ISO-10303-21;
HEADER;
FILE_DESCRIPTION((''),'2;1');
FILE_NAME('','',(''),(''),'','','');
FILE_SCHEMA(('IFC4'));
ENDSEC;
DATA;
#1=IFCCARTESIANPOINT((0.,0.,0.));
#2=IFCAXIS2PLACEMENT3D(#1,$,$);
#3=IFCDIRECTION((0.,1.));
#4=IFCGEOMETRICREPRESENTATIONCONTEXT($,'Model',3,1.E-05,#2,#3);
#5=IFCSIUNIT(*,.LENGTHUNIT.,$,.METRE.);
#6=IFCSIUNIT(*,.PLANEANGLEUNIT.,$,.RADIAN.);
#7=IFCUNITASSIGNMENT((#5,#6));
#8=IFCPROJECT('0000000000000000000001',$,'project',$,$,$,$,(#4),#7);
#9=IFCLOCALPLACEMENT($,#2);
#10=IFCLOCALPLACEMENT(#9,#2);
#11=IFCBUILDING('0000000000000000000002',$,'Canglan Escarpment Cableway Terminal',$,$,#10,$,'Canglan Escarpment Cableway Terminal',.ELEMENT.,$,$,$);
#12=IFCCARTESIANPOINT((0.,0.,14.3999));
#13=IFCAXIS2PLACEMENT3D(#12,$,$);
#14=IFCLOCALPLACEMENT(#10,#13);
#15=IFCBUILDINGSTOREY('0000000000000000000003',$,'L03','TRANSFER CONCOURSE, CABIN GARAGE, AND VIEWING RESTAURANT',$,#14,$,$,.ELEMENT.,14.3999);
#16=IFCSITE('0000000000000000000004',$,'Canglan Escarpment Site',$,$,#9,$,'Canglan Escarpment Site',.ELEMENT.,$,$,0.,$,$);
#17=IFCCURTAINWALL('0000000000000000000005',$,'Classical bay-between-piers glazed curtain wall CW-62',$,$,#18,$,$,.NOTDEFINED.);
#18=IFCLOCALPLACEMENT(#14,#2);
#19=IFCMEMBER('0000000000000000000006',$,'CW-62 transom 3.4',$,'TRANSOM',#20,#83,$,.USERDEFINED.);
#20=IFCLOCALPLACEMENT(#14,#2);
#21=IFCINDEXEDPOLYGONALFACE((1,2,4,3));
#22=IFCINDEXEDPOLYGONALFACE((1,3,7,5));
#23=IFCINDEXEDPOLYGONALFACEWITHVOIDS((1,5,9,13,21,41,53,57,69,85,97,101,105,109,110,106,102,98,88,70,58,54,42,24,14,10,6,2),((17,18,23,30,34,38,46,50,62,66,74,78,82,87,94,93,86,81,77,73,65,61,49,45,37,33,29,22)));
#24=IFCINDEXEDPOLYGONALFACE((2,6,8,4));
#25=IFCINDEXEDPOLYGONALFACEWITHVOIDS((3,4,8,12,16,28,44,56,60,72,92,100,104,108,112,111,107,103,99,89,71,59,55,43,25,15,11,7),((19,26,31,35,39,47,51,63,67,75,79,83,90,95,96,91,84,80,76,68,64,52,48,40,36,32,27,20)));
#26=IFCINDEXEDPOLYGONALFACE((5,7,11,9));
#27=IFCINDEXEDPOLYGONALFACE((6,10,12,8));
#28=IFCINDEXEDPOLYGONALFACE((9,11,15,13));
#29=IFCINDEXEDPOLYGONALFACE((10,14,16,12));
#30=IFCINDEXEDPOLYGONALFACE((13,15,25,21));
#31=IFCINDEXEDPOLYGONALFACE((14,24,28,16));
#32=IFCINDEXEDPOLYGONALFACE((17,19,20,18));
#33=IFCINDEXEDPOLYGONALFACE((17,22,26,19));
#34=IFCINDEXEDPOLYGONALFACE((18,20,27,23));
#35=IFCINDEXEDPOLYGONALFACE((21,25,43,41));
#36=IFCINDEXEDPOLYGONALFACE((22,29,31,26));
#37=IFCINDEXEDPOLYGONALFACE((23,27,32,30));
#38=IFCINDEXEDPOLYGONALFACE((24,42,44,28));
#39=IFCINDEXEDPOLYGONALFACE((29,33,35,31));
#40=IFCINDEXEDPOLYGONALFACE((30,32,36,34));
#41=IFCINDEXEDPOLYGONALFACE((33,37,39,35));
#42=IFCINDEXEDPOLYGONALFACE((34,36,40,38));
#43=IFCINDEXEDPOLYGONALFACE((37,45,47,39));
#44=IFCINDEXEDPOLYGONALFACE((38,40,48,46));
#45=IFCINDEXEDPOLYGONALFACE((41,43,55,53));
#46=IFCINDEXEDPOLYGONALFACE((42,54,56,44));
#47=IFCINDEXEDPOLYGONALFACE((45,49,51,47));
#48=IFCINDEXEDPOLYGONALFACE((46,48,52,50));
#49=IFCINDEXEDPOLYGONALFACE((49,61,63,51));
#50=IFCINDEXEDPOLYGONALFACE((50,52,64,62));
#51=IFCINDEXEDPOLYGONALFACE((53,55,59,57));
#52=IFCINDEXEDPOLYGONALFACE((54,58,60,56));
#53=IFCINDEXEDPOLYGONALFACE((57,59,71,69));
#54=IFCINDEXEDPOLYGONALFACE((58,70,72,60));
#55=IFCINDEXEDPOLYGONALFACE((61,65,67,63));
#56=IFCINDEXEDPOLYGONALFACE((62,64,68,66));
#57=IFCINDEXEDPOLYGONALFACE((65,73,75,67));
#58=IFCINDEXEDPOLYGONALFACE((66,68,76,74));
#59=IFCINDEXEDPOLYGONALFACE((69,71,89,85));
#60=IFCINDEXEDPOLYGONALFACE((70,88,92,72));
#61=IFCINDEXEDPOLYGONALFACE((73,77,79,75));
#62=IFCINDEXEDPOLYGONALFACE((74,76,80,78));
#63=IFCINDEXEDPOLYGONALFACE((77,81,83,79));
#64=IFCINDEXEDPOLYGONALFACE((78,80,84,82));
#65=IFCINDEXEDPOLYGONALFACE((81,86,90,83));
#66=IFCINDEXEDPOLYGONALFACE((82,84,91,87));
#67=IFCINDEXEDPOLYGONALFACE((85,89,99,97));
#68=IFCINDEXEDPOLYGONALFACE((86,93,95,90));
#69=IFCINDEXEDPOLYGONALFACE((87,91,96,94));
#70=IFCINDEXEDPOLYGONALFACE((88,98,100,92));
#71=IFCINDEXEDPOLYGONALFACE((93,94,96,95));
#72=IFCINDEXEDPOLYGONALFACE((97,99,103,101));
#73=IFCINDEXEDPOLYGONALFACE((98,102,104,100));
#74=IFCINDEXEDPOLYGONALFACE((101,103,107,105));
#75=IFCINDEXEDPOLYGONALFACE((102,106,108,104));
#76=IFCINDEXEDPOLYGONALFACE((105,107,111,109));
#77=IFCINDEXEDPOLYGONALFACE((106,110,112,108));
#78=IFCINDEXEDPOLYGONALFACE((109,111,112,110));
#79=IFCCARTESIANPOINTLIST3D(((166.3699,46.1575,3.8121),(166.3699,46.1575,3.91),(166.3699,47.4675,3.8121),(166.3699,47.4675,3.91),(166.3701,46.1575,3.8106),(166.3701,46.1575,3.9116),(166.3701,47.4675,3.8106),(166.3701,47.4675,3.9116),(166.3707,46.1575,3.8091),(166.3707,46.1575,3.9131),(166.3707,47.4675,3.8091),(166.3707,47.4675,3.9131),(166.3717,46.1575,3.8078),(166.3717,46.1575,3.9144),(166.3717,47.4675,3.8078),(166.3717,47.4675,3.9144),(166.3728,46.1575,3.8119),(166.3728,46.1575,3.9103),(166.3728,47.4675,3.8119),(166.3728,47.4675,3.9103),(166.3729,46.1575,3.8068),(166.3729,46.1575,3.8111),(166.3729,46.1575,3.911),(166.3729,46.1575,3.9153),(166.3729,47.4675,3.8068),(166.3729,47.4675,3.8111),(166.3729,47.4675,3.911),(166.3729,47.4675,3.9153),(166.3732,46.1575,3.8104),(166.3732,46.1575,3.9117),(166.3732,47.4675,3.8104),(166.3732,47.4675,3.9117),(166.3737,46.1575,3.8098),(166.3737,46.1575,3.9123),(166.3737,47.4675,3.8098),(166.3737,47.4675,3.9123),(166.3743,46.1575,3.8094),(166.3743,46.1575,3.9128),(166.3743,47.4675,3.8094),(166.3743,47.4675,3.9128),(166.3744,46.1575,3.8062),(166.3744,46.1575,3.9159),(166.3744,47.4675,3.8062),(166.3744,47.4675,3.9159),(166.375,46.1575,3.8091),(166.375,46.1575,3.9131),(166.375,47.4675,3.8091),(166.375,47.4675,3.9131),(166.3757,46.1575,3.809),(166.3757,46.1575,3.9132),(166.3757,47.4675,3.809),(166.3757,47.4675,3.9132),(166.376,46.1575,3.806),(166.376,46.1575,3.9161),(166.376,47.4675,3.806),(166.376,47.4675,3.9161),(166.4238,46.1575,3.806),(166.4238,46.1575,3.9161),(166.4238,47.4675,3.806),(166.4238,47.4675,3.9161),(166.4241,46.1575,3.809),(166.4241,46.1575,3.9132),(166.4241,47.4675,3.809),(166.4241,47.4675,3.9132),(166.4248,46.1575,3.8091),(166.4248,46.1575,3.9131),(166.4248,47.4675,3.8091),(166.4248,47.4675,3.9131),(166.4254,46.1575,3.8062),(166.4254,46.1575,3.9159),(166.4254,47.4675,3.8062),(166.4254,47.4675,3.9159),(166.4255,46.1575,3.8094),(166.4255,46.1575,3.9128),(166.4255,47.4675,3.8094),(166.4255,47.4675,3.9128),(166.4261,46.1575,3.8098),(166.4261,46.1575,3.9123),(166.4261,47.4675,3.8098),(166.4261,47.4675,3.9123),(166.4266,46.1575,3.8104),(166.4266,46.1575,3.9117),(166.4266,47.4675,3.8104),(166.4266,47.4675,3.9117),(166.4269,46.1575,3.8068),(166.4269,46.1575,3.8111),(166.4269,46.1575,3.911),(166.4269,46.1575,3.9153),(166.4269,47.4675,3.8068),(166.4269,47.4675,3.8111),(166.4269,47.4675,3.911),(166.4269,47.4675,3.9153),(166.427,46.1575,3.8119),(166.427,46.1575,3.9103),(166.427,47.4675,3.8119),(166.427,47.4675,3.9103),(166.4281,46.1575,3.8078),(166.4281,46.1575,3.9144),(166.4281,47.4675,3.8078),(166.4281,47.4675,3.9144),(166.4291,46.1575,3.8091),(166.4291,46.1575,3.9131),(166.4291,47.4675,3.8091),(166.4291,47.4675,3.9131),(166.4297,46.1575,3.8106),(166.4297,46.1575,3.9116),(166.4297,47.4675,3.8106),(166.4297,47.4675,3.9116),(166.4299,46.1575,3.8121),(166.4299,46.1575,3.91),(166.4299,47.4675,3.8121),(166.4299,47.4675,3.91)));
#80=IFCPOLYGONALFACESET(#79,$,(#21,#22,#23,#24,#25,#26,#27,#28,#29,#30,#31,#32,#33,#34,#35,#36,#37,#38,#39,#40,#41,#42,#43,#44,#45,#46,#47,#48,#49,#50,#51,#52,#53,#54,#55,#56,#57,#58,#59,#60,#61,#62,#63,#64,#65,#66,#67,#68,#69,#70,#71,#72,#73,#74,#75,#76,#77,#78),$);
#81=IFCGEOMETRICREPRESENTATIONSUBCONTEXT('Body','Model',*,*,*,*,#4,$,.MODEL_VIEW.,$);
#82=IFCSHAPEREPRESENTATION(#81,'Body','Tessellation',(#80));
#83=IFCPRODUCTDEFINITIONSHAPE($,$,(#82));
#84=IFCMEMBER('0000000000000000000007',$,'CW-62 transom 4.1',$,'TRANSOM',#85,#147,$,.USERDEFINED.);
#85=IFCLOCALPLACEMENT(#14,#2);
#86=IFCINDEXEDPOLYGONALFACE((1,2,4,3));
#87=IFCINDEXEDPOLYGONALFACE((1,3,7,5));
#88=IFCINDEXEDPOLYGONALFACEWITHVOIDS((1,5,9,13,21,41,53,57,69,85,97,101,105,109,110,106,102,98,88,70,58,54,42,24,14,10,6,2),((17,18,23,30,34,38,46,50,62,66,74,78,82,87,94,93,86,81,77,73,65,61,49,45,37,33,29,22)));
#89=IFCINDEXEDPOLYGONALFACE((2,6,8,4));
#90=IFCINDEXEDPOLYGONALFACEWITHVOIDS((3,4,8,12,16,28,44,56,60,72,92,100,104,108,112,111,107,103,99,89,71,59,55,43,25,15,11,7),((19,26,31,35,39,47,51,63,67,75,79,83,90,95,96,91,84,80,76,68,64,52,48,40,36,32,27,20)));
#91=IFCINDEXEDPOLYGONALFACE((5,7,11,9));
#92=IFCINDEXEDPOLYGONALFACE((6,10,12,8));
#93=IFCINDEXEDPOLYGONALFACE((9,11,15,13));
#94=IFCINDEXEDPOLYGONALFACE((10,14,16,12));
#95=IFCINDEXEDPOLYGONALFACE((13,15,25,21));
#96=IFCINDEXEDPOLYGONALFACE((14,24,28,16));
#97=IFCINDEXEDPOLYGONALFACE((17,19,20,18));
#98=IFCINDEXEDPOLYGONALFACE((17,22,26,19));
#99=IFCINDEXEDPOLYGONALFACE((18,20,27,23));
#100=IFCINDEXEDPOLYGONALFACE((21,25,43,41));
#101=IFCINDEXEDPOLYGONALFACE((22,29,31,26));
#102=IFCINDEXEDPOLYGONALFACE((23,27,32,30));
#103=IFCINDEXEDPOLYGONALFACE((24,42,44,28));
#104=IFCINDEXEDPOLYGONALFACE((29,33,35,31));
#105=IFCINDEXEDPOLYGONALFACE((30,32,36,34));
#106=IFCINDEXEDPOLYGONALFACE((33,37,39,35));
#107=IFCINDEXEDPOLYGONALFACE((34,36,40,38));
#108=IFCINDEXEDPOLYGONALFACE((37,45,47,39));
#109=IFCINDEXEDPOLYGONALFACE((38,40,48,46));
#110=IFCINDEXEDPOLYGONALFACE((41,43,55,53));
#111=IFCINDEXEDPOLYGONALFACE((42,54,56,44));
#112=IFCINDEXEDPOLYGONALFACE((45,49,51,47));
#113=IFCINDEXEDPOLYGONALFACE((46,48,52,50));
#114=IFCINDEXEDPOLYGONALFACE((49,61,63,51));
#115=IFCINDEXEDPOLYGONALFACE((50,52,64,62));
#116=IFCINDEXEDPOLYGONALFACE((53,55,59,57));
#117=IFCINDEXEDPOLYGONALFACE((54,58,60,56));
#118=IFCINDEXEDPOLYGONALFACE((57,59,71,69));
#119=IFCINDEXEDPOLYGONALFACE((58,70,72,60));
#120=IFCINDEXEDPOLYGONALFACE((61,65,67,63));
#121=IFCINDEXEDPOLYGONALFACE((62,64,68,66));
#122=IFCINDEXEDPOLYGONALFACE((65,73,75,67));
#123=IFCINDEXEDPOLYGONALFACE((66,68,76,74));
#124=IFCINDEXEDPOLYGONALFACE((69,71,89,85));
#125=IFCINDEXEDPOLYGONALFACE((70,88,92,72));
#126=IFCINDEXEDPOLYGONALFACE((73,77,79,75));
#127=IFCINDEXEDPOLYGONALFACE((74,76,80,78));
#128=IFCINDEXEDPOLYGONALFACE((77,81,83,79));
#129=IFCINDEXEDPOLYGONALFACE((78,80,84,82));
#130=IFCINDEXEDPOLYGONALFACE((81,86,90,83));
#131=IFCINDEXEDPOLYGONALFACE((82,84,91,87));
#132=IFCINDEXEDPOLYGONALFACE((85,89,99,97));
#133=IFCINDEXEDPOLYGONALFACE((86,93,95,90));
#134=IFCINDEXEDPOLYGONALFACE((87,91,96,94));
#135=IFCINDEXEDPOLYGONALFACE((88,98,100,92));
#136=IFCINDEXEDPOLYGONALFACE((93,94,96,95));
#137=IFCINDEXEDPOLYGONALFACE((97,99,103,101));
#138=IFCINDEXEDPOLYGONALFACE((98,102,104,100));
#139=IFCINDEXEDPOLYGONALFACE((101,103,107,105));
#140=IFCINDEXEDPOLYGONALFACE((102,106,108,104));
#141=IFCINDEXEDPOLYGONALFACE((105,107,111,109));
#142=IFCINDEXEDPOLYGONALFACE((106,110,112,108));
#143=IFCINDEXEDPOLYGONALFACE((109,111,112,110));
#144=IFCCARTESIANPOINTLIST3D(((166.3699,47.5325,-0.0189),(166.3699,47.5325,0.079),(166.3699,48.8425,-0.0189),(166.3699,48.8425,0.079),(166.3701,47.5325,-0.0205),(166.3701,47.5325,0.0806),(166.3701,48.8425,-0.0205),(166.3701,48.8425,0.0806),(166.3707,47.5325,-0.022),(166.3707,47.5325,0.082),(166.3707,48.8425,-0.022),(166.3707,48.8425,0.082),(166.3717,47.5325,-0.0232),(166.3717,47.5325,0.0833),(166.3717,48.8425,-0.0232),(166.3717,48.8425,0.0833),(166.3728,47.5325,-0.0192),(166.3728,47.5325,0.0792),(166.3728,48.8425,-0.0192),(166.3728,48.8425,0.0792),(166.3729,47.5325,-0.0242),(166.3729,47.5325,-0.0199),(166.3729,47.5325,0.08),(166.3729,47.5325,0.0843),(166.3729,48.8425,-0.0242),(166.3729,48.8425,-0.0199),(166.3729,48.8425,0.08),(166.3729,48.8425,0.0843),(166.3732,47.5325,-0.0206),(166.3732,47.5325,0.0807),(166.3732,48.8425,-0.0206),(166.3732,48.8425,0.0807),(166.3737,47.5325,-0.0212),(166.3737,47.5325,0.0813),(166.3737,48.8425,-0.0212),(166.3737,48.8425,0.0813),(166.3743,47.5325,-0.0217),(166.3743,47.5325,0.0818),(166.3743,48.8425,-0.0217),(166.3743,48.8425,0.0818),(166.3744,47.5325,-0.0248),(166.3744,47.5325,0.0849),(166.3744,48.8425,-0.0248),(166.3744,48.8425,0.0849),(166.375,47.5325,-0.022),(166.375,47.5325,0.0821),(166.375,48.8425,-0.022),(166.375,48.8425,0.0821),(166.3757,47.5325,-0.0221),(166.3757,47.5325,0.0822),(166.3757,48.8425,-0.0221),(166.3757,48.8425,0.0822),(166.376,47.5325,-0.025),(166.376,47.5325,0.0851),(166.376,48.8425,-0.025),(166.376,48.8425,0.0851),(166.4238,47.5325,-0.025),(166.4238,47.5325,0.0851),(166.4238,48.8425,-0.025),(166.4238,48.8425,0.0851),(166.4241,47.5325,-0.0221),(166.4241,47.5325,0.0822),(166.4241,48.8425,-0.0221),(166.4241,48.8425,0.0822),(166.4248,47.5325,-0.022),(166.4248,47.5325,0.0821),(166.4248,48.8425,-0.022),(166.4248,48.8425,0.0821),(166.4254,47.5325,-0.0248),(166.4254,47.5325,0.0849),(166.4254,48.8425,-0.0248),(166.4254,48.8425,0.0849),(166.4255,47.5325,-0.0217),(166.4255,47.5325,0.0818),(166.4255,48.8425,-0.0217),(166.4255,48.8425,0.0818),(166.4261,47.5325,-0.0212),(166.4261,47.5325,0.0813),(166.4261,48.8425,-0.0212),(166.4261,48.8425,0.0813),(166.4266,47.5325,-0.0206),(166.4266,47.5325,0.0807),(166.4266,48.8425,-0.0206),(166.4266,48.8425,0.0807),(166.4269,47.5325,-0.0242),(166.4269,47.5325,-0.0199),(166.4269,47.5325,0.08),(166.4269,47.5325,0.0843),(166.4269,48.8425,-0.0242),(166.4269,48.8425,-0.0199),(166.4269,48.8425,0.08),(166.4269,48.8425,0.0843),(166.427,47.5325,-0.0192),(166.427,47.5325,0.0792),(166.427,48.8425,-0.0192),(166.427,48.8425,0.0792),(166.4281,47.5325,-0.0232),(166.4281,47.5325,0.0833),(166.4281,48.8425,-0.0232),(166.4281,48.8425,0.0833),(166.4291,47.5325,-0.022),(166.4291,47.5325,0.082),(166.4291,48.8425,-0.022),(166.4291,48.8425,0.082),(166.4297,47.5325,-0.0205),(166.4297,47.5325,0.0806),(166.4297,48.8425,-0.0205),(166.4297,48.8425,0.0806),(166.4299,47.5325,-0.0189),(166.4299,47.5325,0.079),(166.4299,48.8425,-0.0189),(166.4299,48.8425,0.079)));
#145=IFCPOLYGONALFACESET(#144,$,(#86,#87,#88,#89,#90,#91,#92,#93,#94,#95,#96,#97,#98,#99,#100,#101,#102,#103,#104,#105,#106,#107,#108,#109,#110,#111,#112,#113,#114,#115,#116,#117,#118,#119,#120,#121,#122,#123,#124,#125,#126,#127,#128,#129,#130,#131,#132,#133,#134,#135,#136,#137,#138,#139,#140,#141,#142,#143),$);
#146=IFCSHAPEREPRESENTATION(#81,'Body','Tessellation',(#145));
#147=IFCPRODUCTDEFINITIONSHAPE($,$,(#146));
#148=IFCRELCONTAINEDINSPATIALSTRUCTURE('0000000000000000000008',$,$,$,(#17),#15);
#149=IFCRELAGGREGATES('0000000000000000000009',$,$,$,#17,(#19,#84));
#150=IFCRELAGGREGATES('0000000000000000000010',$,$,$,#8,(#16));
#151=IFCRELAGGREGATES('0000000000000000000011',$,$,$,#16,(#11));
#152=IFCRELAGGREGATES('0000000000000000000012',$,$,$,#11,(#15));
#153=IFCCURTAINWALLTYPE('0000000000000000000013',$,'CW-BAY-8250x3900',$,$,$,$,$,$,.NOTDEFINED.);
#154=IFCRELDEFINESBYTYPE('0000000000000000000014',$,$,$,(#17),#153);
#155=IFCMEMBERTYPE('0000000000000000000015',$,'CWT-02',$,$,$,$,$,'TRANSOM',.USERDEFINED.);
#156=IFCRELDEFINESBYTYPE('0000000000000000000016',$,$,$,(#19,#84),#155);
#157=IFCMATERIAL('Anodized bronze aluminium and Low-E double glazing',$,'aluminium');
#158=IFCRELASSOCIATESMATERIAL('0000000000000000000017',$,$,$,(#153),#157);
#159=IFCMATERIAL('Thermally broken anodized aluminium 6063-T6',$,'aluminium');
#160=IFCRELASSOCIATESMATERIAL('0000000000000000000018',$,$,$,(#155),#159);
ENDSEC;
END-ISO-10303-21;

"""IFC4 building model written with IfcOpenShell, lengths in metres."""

from ifc_helpers import new_model, si_unit, direction, frame, origin, origin_2d, place, context, subcontext, project, spatial, hollow_rectangle, extrude, material, material_profile, profile_set, type_object, element, aggregate, save


model = new_model("IFC4")

# Units and contexts
model_context = context("Model", 3, precision=1e-05, world=origin(), true_north=direction((0.0, 1.0)))
body_context = subcontext(model_context, "Body", "Model", "MODEL_VIEW")
ifc_project = project(units=[si_unit("LENGTHUNIT", "METRE"), si_unit("PLANEANGLEUNIT", "RADIAN")], contexts=[model_context])

# Site, building, storey
site_placement = place(None, origin())
site = spatial("IfcSite", under=ifc_project, at=site_placement, Name="Canglan Escarpment Site", LongName="Canglan Escarpment Site", CompositionType="ELEMENT", RefElevation=0.0)
building_placement = place(site_placement, origin())
building = spatial("IfcBuilding", under=site, at=building_placement, Name="Canglan Escarpment Cableway Terminal", LongName="Canglan Escarpment Cableway Terminal", CompositionType="ELEMENT")
storey_placement = place(building_placement, frame((0.0, 0.0, 14.3999)))
storey = spatial("IfcBuildingStorey", under=building, at=storey_placement, Name="L03", Description="TRANSFER CONCOURSE, CABIN GARAGE, AND VIEWING RESTAURANT", CompositionType="ELEMENT", Elevation=14.3999)

# Curtain wall, members
ifc_material_1 = material(Name="Anodized bronze aluminium and Low-E double glazing", Category="aluminium")
curtain_wall_type = type_object("IfcCurtainWallType", Name="CW-BAY-8250x3900", PredefinedType="NOTDEFINED", material=ifc_material_1)
curtain_wall_placement = place(storey_placement, origin())
curtain_wall = element("IfcCurtainWall", 1, at=curtain_wall_placement, inside=storey, type_object=curtain_wall_type, Name="Classical bay-between-piers glazed curtain wall CW-62", PredefinedType="NOTDEFINED")
ifc_material_2 = material(Name="Thermally broken anodized aluminium 6063-T6", Category="aluminium")
ifc_material_profile_1 = material_profile(ifc_material_2, hollow_rectangle(XDim=0.0601, YDim=0.1101, WallThickness=0.0029, InnerFilletRadius=0.0029, OuterFilletRadius=0.0061, at=origin_2d()), Name="ALU-TRAN 60x110x3")
ifc_profile_set_1 = profile_set([ifc_material_profile_1], Name="Thermally broken anodized aluminium 6063-T6")
member_type_1 = type_object("IfcMemberType", Name="CWT-02", ElementType="TRANSOM", PredefinedType="USERDEFINED", material=ifc_profile_set_1)
member_1_placement = place(storey_placement, frame((166.3999, 46.1575, 3.8611), z_axis=(0.0, 1.0, 0.0), x_axis=(-1.0, 0.0, 0.0)))
member_1 = element("IfcMember", 2, at=member_1_placement, type_object=member_type_1, Name="CW-62 transom 3.4", ObjectType="TRANSOM", PredefinedType="USERDEFINED", context=body_context, shape_type="SweptSolid", body=[
    extrude(hollow_rectangle(XDim=0.0601, YDim=0.1101, WallThickness=0.0029, InnerFilletRadius=0.0029, OuterFilletRadius=0.0061, at=origin_2d()), origin(), (0.0, 0.0, 1.0), 1.3101),
])
member_2_placement = place(storey_placement, frame((166.3999, 47.5325, 0.03), z_axis=(0.0, 1.0, 0.0), x_axis=(-1.0, 0.0, 0.0)))
member_2 = element("IfcMember", 3, at=member_2_placement, type_object=member_type_1, Name="CW-62 transom 4.1", ObjectType="TRANSOM", PredefinedType="USERDEFINED", context=body_context, shape_type="SweptSolid", body=[
    extrude(hollow_rectangle(XDim=0.0601, YDim=0.1101, WallThickness=0.0029, InnerFilletRadius=0.0029, OuterFilletRadius=0.0061, at=origin_2d()), origin(), (0.0, 0.0, 1.0), 1.3101),
])
aggregate(curtain_wall, [member_1, member_2])

save(model, "model.ifc")
